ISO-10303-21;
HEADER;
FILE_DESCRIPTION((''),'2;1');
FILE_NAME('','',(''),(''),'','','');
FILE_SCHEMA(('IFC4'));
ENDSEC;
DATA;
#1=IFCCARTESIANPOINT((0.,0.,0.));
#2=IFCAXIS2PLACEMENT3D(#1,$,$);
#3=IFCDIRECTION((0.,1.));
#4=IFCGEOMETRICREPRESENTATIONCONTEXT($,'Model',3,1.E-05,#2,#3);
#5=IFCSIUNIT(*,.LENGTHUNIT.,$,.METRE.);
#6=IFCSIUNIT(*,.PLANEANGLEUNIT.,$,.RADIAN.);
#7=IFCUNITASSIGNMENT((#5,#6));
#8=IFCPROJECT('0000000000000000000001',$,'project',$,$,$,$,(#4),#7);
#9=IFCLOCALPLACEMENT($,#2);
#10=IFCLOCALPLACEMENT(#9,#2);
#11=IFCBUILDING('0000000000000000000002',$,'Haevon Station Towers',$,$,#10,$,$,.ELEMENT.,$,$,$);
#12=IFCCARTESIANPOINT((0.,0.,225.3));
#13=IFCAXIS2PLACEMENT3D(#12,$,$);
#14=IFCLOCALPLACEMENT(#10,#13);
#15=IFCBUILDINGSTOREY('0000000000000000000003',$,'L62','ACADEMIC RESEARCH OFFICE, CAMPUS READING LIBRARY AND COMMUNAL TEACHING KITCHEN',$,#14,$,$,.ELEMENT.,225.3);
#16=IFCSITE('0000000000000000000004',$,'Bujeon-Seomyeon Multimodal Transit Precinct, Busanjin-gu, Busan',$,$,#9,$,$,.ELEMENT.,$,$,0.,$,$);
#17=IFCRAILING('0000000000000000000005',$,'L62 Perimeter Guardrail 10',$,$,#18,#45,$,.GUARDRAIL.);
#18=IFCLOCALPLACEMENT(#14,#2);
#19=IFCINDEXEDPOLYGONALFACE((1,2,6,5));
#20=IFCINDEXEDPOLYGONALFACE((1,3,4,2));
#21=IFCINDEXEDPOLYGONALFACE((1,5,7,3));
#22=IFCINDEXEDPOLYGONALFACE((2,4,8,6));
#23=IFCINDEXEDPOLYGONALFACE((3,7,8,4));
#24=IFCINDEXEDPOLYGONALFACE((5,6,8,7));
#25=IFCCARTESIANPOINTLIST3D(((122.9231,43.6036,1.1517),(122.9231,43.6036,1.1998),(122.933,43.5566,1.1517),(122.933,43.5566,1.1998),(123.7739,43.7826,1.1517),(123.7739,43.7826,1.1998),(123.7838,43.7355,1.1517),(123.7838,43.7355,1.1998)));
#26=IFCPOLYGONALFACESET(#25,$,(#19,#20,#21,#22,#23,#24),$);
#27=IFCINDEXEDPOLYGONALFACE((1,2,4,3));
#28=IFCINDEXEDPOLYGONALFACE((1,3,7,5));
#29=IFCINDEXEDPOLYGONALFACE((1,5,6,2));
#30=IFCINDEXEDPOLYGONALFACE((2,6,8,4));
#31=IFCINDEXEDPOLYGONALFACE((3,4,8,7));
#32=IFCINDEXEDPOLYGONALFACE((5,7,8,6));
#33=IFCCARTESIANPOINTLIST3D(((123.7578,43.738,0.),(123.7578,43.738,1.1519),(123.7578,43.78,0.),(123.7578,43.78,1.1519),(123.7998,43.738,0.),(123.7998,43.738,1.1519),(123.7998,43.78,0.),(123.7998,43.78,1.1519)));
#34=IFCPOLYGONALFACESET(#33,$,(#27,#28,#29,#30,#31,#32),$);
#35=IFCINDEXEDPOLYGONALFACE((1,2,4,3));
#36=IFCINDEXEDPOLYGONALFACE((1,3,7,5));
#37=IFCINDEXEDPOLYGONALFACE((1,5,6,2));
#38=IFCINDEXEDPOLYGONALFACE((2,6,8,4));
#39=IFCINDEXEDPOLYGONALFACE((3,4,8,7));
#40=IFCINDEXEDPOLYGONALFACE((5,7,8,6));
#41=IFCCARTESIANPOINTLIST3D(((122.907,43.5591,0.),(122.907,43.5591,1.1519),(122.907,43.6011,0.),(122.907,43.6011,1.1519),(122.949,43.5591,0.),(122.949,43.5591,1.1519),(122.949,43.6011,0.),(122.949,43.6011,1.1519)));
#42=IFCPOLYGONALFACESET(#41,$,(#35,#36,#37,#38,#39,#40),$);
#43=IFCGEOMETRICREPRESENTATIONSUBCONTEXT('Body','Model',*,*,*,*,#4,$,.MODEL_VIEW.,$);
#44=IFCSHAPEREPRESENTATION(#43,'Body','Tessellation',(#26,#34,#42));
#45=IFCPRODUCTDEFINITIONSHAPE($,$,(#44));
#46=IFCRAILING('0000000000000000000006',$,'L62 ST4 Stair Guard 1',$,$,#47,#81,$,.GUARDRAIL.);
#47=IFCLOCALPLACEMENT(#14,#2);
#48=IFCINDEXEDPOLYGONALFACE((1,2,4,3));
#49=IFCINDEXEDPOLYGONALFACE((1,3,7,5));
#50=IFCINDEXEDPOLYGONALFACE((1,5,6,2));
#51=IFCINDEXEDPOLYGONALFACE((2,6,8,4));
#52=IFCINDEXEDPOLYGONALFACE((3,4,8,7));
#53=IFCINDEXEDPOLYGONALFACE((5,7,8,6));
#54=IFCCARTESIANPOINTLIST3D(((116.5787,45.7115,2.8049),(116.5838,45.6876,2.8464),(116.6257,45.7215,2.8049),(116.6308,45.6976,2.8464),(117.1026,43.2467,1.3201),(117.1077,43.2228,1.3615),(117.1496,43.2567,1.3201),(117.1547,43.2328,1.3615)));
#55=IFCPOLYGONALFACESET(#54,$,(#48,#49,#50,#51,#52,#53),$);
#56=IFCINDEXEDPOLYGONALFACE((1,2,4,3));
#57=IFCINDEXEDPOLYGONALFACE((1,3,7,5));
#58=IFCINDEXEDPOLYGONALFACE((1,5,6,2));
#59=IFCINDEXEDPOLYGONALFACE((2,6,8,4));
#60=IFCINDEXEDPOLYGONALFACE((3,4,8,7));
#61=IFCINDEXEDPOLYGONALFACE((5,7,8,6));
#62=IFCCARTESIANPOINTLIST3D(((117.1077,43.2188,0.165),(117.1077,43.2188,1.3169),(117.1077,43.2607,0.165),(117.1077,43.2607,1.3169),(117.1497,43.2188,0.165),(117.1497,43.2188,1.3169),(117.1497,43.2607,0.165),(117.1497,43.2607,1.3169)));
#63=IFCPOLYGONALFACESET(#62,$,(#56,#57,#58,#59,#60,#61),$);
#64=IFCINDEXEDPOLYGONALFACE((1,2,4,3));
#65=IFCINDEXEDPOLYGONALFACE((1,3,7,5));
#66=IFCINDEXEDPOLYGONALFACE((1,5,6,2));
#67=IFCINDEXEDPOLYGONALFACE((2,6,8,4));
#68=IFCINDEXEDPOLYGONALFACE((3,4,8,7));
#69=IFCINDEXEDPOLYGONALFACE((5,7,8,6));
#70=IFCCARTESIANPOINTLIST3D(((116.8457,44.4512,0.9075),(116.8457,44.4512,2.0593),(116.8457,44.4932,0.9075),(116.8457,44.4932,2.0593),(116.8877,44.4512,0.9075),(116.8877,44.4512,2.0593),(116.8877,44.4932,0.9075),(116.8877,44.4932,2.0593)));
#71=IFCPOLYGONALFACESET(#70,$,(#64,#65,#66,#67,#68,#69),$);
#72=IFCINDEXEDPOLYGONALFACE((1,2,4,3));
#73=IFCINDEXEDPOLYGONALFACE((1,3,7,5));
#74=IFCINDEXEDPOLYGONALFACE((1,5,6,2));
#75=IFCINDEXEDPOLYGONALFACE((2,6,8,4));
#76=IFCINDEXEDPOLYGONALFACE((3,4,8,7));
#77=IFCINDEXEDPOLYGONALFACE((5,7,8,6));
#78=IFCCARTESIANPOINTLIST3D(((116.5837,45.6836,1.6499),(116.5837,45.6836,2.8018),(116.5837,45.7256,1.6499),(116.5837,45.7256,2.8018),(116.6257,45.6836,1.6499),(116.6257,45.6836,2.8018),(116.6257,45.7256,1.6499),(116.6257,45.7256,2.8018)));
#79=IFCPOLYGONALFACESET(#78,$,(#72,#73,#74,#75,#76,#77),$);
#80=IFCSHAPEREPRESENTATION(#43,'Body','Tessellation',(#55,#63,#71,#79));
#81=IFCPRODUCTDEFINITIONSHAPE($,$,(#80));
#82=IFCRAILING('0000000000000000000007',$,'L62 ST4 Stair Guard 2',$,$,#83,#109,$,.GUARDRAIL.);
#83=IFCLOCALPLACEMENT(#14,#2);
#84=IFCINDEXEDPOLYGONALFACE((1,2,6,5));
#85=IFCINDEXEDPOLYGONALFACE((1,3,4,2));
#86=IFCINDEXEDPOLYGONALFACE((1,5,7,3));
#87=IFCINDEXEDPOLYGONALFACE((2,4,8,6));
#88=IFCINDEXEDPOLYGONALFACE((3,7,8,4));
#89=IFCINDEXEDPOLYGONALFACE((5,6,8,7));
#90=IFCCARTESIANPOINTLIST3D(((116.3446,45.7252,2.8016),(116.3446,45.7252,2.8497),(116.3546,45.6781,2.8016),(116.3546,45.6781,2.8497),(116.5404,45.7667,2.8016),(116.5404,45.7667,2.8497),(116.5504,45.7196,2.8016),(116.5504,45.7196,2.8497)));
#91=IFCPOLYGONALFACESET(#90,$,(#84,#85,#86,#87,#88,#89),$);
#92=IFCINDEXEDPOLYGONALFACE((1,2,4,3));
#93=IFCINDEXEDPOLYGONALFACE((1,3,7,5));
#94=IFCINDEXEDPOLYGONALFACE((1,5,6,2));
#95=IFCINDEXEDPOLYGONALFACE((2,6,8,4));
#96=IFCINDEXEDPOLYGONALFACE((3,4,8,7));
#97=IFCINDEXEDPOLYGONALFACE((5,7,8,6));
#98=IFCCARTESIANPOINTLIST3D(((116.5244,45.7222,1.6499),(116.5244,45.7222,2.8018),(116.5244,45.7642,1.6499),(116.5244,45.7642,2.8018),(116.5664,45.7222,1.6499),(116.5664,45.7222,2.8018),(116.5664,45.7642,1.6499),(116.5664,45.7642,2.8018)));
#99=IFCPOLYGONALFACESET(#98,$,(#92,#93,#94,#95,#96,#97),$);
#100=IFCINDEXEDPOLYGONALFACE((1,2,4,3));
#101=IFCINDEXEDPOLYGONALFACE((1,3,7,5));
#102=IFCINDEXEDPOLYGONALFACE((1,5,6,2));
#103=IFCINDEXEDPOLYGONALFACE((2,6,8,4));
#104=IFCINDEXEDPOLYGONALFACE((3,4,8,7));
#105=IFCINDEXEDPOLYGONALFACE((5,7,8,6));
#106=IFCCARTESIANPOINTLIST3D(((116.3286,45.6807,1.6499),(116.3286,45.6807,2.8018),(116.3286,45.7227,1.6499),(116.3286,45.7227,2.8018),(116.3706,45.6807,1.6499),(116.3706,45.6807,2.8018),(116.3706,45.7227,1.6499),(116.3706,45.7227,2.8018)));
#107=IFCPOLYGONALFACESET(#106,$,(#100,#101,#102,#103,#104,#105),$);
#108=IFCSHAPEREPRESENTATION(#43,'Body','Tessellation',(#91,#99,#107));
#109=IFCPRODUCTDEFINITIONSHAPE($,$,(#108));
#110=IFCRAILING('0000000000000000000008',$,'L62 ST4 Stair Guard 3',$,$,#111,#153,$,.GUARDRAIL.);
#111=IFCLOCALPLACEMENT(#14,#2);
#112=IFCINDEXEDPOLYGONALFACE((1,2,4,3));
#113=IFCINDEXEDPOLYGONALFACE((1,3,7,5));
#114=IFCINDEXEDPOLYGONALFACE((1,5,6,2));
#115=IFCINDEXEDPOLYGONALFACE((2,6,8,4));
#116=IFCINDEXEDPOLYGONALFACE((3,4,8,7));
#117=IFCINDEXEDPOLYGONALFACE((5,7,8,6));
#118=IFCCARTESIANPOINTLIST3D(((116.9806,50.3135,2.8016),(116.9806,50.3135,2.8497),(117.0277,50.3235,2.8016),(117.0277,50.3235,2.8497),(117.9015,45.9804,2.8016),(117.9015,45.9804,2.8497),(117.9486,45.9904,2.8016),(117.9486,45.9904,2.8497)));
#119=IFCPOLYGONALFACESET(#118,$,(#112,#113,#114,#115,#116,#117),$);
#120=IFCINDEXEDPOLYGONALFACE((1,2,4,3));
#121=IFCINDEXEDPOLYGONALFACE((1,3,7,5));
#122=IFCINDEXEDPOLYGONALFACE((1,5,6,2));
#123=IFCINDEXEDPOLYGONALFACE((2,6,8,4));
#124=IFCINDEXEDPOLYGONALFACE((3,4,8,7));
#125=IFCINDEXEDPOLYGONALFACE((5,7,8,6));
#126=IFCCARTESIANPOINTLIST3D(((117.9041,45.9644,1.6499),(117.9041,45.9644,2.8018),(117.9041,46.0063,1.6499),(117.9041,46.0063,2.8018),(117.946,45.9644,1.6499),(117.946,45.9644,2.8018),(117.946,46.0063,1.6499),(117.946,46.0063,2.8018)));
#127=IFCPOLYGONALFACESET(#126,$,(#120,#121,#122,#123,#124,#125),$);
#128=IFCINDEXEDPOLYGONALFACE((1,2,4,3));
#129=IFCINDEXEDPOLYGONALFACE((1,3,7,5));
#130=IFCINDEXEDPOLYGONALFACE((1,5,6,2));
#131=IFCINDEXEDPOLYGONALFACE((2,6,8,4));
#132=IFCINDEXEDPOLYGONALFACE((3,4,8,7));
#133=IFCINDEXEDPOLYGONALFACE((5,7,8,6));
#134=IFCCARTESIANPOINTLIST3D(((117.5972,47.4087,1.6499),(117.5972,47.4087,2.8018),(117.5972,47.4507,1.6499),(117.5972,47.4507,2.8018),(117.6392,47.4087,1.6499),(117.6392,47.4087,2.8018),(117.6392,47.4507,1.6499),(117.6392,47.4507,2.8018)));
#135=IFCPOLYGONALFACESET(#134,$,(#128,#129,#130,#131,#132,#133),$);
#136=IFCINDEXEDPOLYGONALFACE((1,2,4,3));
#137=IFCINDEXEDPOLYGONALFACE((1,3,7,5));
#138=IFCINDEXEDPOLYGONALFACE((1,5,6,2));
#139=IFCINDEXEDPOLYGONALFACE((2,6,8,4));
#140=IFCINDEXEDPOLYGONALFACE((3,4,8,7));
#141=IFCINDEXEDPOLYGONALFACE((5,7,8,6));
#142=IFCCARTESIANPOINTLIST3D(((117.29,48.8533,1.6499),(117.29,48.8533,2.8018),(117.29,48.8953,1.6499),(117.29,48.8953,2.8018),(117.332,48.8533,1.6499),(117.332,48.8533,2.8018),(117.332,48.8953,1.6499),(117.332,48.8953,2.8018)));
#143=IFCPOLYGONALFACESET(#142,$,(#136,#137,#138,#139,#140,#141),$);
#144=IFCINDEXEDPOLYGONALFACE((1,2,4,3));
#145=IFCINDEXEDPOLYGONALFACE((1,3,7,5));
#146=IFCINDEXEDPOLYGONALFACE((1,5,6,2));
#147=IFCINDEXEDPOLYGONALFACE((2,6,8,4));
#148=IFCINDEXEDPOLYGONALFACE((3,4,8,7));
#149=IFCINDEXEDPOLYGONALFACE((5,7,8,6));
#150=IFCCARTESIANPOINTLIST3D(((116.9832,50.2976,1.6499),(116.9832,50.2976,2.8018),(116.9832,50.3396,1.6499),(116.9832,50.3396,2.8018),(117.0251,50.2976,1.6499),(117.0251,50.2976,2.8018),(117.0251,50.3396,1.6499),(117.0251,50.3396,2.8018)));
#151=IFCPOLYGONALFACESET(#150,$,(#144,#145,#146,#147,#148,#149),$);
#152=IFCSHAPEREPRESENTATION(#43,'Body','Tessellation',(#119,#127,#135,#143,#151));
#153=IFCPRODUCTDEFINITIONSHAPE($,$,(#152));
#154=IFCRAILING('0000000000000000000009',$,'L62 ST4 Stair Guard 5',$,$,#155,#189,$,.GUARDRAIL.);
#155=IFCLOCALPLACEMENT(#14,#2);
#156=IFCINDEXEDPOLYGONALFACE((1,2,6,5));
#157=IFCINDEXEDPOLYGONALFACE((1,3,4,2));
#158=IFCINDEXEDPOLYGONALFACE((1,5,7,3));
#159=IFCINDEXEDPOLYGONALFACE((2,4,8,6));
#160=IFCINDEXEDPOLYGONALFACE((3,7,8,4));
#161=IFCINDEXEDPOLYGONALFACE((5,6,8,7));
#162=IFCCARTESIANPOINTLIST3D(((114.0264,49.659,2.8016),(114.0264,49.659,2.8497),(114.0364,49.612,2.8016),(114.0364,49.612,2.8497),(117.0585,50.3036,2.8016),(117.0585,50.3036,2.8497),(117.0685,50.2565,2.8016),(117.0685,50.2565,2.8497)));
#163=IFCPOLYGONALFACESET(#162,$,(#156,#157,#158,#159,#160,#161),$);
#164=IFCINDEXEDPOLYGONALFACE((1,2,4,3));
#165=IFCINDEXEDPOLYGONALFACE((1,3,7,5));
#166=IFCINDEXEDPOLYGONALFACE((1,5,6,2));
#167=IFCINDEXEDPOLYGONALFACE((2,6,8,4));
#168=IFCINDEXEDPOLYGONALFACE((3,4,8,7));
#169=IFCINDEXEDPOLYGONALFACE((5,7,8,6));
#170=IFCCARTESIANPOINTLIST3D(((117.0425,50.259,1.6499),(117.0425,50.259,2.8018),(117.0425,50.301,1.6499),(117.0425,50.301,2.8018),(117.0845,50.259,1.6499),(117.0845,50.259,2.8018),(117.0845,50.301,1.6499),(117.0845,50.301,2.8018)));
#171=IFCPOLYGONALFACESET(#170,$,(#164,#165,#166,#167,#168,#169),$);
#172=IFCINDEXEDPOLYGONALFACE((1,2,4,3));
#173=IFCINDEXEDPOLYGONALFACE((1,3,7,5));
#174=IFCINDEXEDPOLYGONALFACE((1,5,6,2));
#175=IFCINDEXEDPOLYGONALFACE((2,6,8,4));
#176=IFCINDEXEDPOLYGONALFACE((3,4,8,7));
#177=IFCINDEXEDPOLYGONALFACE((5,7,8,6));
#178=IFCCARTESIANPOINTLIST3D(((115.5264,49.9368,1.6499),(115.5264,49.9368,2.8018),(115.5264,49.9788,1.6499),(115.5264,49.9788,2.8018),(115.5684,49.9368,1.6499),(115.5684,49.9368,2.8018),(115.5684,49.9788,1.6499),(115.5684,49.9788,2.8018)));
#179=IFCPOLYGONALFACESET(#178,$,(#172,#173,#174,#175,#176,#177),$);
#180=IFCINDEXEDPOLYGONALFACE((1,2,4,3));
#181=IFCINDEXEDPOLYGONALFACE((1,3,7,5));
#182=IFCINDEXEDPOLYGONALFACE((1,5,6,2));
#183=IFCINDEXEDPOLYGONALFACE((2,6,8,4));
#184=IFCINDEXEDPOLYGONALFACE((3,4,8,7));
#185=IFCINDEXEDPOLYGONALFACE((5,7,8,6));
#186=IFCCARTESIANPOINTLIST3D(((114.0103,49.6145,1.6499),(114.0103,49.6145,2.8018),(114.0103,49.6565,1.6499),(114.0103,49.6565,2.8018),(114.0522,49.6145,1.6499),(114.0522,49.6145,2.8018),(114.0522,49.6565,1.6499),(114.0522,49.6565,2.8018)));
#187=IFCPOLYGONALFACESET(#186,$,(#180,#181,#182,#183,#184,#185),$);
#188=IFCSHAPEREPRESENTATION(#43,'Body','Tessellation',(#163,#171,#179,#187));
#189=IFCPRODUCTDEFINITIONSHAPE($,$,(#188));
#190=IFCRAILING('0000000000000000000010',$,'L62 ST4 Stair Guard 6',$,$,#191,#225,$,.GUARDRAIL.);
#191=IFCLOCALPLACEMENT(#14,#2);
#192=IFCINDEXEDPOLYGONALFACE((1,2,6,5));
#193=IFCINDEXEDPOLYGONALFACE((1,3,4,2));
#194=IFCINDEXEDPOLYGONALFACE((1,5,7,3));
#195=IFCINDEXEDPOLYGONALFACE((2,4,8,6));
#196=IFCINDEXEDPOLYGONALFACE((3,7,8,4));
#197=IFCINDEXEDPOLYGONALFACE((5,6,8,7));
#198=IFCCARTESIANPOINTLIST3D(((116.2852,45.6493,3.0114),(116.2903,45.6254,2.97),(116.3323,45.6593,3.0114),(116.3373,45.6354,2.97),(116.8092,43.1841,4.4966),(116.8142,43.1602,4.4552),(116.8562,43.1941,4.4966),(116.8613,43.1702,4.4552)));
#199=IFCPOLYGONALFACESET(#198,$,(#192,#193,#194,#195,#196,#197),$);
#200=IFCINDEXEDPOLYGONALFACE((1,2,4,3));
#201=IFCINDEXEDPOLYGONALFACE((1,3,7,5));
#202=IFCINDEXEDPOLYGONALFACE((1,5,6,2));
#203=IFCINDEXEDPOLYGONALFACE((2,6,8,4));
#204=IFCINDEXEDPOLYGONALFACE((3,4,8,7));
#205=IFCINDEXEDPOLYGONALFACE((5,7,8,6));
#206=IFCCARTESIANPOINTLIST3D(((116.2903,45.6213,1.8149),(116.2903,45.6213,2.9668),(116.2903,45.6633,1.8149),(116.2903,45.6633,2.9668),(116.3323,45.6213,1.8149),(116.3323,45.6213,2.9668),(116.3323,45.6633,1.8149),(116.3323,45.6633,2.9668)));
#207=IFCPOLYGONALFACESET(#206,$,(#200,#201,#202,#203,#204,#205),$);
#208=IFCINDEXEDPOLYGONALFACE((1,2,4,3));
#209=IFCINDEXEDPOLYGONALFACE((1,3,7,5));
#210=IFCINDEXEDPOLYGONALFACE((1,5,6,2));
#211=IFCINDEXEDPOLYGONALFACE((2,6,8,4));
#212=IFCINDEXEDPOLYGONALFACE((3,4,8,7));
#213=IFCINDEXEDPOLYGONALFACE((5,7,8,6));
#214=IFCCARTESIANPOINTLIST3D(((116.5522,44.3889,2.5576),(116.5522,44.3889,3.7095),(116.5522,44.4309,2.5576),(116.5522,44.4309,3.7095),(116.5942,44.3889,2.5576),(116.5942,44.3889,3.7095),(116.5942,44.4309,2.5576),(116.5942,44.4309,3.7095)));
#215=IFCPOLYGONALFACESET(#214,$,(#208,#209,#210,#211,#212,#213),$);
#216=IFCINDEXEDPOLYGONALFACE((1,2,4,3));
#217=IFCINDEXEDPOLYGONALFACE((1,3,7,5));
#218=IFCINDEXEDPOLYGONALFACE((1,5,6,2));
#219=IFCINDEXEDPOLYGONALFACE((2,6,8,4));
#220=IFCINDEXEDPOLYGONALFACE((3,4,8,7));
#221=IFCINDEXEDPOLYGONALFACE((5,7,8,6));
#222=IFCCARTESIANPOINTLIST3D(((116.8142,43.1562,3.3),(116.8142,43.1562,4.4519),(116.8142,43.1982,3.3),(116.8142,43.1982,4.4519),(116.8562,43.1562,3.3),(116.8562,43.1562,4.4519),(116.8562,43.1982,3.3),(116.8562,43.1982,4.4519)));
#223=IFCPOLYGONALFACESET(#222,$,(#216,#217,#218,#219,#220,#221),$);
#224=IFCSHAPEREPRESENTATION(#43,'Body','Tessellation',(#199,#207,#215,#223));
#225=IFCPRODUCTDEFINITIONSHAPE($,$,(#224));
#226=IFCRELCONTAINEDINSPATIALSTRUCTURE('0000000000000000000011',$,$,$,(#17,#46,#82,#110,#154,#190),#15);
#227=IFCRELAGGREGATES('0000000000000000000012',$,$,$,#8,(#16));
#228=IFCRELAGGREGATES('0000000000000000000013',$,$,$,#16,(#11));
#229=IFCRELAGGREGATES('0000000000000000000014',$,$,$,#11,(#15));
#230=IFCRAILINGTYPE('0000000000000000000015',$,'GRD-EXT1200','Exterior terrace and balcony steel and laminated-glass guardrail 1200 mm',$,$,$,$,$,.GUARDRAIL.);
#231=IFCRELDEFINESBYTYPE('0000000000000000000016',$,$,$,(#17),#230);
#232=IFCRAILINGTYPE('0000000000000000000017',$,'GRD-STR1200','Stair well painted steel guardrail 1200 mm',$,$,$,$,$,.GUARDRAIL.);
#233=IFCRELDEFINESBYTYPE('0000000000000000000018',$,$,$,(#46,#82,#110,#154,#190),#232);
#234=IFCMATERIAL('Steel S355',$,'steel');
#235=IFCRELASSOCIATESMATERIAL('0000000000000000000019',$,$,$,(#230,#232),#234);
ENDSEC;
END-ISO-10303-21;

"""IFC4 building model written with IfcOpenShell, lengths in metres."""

from ifc_helpers import new_model, si_unit, direction, frame, origin, origin_2d, place, context, subcontext, project, spatial, rectangle, extrude, material, type_object, element, save


model = new_model("IFC4")

# Units and contexts
model_context = context("Model", 3, precision=1e-05, world=origin(), true_north=direction((0.0, 1.0)))
body_context = subcontext(model_context, "Body", "Model", "MODEL_VIEW")
ifc_project = project(units=[si_unit("LENGTHUNIT", "METRE"), si_unit("PLANEANGLEUNIT", "RADIAN")], contexts=[model_context])

# Site, building, storey
site_placement = place(None, origin())
site = spatial("IfcSite", under=ifc_project, at=site_placement, Name="Bujeon-Seomyeon Multimodal Transit Precinct, Busanjin-gu, Busan", CompositionType="ELEMENT", RefElevation=0.0)
building_placement = place(site_placement, origin())
building = spatial("IfcBuilding", under=site, at=building_placement, Name="Haevon Station Towers", CompositionType="ELEMENT")
storey_placement = place(building_placement, frame((0.0, 0.0, 225.3)))
storey = spatial("IfcBuildingStorey", under=building, at=storey_placement, Name="L62", Description="ACADEMIC RESEARCH OFFICE, CAMPUS READING LIBRARY AND COMMUNAL TEACHING KITCHEN", CompositionType="ELEMENT", Elevation=225.3)

# Shared definitions
ifc_material_1 = material(Name="Steel S355", Category="steel")

# Railings
railing_type_1 = type_object("IfcRailingType", Name="GRD-EXT1200", Description="Exterior terrace and balcony steel and laminated-glass guardrail 1200 mm", PredefinedType="GUARDRAIL", material=ifc_material_1)
railing_1_placement = place(storey_placement, frame((123.7788, 43.759, 0.0)))
element("IfcRailing", 1, at=railing_1_placement, inside=storey, type_object=railing_type_1, Name="L62 Perimeter Guardrail 10", PredefinedType="GUARDRAIL", context=body_context, shape_type="SweptSolid", body=[
    extrude(rectangle(XDim=0.0481, YDim=0.0481, at=origin_2d()), frame((0.0, 0.0, 1.1758), z_axis=(-0.978588, -0.205827, 0.0), x_axis=(0.205827, -0.978588, 0.0)), (0.0, 0.0, 1.0), 0.8694),
    extrude(rectangle(XDim=0.042, YDim=0.042, at=origin_2d()), origin(), (0.0, 0.0, 1.0), 1.1519),
    extrude(rectangle(XDim=0.042, YDim=0.042, at=origin_2d()), frame((-0.8508, -0.179, 0.0)), (0.0, 0.0, 1.0), 1.1519),
])
railing_type_2 = type_object("IfcRailingType", Name="GRD-STR1200", Description="Stair well painted steel guardrail 1200 mm", PredefinedType="GUARDRAIL", material=ifc_material_1)
railing_2_placement = place(storey_placement, frame((117.1287, 43.2397, 0.165)))
element("IfcRailing", 2, at=railing_2_placement, inside=storey, type_object=railing_type_2, Name="L62 ST4 Stair Guard 1", PredefinedType="GUARDRAIL", context=body_context, shape_type="SweptSolid", body=[
    extrude(rectangle(XDim=0.0481, YDim=0.0481, at=origin_2d()), frame((0.0, 0.0, 1.1758), z_axis=(-0.179129, 0.842724, 0.507671), x_axis=(-0.978147, -0.207914, 0.0)), (0.0, 0.0, 1.0), 2.9248),
    extrude(rectangle(XDim=0.042, YDim=0.042, at=origin_2d()), origin(), (0.0, 0.0, 1.0), 1.1519),
    extrude(rectangle(XDim=0.042, YDim=0.042, at=origin_2d()), frame((-0.262, 1.2324, 0.7424)), (0.0, 0.0, 1.0), 1.1519),
    extrude(rectangle(XDim=0.042, YDim=0.042, at=origin_2d()), frame((-0.5239, 2.4648, 1.4849)), (0.0, 0.0, 1.0), 1.1519),
])
railing_3_placement = place(storey_placement, frame((116.5454, 45.7432, 1.6499)))
element("IfcRailing", 3, at=railing_3_placement, inside=storey, type_object=railing_type_2, Name="L62 ST4 Stair Guard 2", PredefinedType="GUARDRAIL", context=body_context, shape_type="SweptSolid", body=[
    extrude(rectangle(XDim=0.0481, YDim=0.0481, at=origin_2d()), frame((0.0, 0.0, 1.1758), z_axis=(-0.978264, -0.207363, 0.0), x_axis=(0.207363, -0.978264, 0.0)), (0.0, 0.0, 1.0), 0.2002),
    extrude(rectangle(XDim=0.042, YDim=0.042, at=origin_2d()), origin(), (0.0, 0.0, 1.0), 1.1519),
    extrude(rectangle(XDim=0.042, YDim=0.042, at=origin_2d()), frame((-0.1958, -0.0415, 0.0)), (0.0, 0.0, 1.0), 1.1519),
])
railing_4_placement = place(storey_placement, frame((117.925, 45.9854, 1.6499)))
element("IfcRailing", 4, at=railing_4_placement, inside=storey, type_object=railing_type_2, Name="L62 ST4 Stair Guard 3", PredefinedType="GUARDRAIL", context=body_context, shape_type="SweptSolid", body=[
    extrude(rectangle(XDim=0.0481, YDim=0.0481, at=origin_2d()), frame((0.0, 0.0, 1.1758), z_axis=(-0.207877, 0.978155, 0.0), x_axis=(-0.978155, -0.207877, 0.0)), (0.0, 0.0, 1.0), 4.4299),
    extrude(rectangle(XDim=0.042, YDim=0.042, at=origin_2d()), origin(), (0.0, 0.0, 1.0), 1.1519),
    extrude(rectangle(XDim=0.042, YDim=0.042, at=origin_2d()), frame((-0.3069, 1.4443, 0.0)), (0.0, 0.0, 1.0), 1.1519),
    extrude(rectangle(XDim=0.042, YDim=0.042, at=origin_2d()), frame((-0.614, 2.8889, 0.0)), (0.0, 0.0, 1.0), 1.1519),
    extrude(rectangle(XDim=0.042, YDim=0.042, at=origin_2d()), frame((-0.9209, 4.3333, 0.0)), (0.0, 0.0, 1.0), 1.1519),
])
railing_5_placement = place(storey_placement, frame((117.0635, 50.28, 1.6499)))
element("IfcRailing", 5, at=railing_5_placement, inside=storey, type_object=railing_type_2, Name="L62 ST4 Stair Guard 5", PredefinedType="GUARDRAIL", context=body_context, shape_type="SweptSolid", body=[
    extrude(rectangle(XDim=0.0481, YDim=0.0481, at=origin_2d()), frame((0.0, 0.0, 1.1758), z_axis=(-0.978147, -0.207915, 0.0), x_axis=(0.207915, -0.978147, 0.0)), (0.0, 0.0, 1.0), 3.0999),
    extrude(rectangle(XDim=0.042, YDim=0.042, at=origin_2d()), origin(), (0.0, 0.0, 1.0), 1.1519),
    extrude(rectangle(XDim=0.042, YDim=0.042, at=origin_2d()), frame((-1.5161, -0.3223, 0.0)), (0.0, 0.0, 1.0), 1.1519),
    extrude(rectangle(XDim=0.042, YDim=0.042, at=origin_2d()), frame((-3.0322, -0.6445, 0.0)), (0.0, 0.0, 1.0), 1.1519),
])
railing_6_placement = place(storey_placement, frame((116.3113, 45.6423, 1.8149)))
element("IfcRailing", 6, at=railing_6_placement, inside=storey, type_object=railing_type_2, Name="L62 ST4 Stair Guard 6", PredefinedType="GUARDRAIL", context=body_context, shape_type="SweptSolid", body=[
    extrude(rectangle(XDim=0.0481, YDim=0.0481, at=origin_2d()), frame((0.0, 0.0, 1.1758), z_axis=(0.179109, -0.842712, 0.507697), x_axis=(0.978151, 0.207895, 0.0)), (0.0, 0.0, 1.0), 2.9253),
    extrude(rectangle(XDim=0.042, YDim=0.042, at=origin_2d()), origin(), (0.0, 0.0, 1.0), 1.1519),
    extrude(rectangle(XDim=0.042, YDim=0.042, at=origin_2d()), frame((0.262, -1.2324, 0.7427)), (0.0, 0.0, 1.0), 1.1519),
    extrude(rectangle(XDim=0.042, YDim=0.042, at=origin_2d()), frame((0.5239, -2.4651, 1.4851)), (0.0, 0.0, 1.0), 1.1519),
])

save(model, "model.ifc")
